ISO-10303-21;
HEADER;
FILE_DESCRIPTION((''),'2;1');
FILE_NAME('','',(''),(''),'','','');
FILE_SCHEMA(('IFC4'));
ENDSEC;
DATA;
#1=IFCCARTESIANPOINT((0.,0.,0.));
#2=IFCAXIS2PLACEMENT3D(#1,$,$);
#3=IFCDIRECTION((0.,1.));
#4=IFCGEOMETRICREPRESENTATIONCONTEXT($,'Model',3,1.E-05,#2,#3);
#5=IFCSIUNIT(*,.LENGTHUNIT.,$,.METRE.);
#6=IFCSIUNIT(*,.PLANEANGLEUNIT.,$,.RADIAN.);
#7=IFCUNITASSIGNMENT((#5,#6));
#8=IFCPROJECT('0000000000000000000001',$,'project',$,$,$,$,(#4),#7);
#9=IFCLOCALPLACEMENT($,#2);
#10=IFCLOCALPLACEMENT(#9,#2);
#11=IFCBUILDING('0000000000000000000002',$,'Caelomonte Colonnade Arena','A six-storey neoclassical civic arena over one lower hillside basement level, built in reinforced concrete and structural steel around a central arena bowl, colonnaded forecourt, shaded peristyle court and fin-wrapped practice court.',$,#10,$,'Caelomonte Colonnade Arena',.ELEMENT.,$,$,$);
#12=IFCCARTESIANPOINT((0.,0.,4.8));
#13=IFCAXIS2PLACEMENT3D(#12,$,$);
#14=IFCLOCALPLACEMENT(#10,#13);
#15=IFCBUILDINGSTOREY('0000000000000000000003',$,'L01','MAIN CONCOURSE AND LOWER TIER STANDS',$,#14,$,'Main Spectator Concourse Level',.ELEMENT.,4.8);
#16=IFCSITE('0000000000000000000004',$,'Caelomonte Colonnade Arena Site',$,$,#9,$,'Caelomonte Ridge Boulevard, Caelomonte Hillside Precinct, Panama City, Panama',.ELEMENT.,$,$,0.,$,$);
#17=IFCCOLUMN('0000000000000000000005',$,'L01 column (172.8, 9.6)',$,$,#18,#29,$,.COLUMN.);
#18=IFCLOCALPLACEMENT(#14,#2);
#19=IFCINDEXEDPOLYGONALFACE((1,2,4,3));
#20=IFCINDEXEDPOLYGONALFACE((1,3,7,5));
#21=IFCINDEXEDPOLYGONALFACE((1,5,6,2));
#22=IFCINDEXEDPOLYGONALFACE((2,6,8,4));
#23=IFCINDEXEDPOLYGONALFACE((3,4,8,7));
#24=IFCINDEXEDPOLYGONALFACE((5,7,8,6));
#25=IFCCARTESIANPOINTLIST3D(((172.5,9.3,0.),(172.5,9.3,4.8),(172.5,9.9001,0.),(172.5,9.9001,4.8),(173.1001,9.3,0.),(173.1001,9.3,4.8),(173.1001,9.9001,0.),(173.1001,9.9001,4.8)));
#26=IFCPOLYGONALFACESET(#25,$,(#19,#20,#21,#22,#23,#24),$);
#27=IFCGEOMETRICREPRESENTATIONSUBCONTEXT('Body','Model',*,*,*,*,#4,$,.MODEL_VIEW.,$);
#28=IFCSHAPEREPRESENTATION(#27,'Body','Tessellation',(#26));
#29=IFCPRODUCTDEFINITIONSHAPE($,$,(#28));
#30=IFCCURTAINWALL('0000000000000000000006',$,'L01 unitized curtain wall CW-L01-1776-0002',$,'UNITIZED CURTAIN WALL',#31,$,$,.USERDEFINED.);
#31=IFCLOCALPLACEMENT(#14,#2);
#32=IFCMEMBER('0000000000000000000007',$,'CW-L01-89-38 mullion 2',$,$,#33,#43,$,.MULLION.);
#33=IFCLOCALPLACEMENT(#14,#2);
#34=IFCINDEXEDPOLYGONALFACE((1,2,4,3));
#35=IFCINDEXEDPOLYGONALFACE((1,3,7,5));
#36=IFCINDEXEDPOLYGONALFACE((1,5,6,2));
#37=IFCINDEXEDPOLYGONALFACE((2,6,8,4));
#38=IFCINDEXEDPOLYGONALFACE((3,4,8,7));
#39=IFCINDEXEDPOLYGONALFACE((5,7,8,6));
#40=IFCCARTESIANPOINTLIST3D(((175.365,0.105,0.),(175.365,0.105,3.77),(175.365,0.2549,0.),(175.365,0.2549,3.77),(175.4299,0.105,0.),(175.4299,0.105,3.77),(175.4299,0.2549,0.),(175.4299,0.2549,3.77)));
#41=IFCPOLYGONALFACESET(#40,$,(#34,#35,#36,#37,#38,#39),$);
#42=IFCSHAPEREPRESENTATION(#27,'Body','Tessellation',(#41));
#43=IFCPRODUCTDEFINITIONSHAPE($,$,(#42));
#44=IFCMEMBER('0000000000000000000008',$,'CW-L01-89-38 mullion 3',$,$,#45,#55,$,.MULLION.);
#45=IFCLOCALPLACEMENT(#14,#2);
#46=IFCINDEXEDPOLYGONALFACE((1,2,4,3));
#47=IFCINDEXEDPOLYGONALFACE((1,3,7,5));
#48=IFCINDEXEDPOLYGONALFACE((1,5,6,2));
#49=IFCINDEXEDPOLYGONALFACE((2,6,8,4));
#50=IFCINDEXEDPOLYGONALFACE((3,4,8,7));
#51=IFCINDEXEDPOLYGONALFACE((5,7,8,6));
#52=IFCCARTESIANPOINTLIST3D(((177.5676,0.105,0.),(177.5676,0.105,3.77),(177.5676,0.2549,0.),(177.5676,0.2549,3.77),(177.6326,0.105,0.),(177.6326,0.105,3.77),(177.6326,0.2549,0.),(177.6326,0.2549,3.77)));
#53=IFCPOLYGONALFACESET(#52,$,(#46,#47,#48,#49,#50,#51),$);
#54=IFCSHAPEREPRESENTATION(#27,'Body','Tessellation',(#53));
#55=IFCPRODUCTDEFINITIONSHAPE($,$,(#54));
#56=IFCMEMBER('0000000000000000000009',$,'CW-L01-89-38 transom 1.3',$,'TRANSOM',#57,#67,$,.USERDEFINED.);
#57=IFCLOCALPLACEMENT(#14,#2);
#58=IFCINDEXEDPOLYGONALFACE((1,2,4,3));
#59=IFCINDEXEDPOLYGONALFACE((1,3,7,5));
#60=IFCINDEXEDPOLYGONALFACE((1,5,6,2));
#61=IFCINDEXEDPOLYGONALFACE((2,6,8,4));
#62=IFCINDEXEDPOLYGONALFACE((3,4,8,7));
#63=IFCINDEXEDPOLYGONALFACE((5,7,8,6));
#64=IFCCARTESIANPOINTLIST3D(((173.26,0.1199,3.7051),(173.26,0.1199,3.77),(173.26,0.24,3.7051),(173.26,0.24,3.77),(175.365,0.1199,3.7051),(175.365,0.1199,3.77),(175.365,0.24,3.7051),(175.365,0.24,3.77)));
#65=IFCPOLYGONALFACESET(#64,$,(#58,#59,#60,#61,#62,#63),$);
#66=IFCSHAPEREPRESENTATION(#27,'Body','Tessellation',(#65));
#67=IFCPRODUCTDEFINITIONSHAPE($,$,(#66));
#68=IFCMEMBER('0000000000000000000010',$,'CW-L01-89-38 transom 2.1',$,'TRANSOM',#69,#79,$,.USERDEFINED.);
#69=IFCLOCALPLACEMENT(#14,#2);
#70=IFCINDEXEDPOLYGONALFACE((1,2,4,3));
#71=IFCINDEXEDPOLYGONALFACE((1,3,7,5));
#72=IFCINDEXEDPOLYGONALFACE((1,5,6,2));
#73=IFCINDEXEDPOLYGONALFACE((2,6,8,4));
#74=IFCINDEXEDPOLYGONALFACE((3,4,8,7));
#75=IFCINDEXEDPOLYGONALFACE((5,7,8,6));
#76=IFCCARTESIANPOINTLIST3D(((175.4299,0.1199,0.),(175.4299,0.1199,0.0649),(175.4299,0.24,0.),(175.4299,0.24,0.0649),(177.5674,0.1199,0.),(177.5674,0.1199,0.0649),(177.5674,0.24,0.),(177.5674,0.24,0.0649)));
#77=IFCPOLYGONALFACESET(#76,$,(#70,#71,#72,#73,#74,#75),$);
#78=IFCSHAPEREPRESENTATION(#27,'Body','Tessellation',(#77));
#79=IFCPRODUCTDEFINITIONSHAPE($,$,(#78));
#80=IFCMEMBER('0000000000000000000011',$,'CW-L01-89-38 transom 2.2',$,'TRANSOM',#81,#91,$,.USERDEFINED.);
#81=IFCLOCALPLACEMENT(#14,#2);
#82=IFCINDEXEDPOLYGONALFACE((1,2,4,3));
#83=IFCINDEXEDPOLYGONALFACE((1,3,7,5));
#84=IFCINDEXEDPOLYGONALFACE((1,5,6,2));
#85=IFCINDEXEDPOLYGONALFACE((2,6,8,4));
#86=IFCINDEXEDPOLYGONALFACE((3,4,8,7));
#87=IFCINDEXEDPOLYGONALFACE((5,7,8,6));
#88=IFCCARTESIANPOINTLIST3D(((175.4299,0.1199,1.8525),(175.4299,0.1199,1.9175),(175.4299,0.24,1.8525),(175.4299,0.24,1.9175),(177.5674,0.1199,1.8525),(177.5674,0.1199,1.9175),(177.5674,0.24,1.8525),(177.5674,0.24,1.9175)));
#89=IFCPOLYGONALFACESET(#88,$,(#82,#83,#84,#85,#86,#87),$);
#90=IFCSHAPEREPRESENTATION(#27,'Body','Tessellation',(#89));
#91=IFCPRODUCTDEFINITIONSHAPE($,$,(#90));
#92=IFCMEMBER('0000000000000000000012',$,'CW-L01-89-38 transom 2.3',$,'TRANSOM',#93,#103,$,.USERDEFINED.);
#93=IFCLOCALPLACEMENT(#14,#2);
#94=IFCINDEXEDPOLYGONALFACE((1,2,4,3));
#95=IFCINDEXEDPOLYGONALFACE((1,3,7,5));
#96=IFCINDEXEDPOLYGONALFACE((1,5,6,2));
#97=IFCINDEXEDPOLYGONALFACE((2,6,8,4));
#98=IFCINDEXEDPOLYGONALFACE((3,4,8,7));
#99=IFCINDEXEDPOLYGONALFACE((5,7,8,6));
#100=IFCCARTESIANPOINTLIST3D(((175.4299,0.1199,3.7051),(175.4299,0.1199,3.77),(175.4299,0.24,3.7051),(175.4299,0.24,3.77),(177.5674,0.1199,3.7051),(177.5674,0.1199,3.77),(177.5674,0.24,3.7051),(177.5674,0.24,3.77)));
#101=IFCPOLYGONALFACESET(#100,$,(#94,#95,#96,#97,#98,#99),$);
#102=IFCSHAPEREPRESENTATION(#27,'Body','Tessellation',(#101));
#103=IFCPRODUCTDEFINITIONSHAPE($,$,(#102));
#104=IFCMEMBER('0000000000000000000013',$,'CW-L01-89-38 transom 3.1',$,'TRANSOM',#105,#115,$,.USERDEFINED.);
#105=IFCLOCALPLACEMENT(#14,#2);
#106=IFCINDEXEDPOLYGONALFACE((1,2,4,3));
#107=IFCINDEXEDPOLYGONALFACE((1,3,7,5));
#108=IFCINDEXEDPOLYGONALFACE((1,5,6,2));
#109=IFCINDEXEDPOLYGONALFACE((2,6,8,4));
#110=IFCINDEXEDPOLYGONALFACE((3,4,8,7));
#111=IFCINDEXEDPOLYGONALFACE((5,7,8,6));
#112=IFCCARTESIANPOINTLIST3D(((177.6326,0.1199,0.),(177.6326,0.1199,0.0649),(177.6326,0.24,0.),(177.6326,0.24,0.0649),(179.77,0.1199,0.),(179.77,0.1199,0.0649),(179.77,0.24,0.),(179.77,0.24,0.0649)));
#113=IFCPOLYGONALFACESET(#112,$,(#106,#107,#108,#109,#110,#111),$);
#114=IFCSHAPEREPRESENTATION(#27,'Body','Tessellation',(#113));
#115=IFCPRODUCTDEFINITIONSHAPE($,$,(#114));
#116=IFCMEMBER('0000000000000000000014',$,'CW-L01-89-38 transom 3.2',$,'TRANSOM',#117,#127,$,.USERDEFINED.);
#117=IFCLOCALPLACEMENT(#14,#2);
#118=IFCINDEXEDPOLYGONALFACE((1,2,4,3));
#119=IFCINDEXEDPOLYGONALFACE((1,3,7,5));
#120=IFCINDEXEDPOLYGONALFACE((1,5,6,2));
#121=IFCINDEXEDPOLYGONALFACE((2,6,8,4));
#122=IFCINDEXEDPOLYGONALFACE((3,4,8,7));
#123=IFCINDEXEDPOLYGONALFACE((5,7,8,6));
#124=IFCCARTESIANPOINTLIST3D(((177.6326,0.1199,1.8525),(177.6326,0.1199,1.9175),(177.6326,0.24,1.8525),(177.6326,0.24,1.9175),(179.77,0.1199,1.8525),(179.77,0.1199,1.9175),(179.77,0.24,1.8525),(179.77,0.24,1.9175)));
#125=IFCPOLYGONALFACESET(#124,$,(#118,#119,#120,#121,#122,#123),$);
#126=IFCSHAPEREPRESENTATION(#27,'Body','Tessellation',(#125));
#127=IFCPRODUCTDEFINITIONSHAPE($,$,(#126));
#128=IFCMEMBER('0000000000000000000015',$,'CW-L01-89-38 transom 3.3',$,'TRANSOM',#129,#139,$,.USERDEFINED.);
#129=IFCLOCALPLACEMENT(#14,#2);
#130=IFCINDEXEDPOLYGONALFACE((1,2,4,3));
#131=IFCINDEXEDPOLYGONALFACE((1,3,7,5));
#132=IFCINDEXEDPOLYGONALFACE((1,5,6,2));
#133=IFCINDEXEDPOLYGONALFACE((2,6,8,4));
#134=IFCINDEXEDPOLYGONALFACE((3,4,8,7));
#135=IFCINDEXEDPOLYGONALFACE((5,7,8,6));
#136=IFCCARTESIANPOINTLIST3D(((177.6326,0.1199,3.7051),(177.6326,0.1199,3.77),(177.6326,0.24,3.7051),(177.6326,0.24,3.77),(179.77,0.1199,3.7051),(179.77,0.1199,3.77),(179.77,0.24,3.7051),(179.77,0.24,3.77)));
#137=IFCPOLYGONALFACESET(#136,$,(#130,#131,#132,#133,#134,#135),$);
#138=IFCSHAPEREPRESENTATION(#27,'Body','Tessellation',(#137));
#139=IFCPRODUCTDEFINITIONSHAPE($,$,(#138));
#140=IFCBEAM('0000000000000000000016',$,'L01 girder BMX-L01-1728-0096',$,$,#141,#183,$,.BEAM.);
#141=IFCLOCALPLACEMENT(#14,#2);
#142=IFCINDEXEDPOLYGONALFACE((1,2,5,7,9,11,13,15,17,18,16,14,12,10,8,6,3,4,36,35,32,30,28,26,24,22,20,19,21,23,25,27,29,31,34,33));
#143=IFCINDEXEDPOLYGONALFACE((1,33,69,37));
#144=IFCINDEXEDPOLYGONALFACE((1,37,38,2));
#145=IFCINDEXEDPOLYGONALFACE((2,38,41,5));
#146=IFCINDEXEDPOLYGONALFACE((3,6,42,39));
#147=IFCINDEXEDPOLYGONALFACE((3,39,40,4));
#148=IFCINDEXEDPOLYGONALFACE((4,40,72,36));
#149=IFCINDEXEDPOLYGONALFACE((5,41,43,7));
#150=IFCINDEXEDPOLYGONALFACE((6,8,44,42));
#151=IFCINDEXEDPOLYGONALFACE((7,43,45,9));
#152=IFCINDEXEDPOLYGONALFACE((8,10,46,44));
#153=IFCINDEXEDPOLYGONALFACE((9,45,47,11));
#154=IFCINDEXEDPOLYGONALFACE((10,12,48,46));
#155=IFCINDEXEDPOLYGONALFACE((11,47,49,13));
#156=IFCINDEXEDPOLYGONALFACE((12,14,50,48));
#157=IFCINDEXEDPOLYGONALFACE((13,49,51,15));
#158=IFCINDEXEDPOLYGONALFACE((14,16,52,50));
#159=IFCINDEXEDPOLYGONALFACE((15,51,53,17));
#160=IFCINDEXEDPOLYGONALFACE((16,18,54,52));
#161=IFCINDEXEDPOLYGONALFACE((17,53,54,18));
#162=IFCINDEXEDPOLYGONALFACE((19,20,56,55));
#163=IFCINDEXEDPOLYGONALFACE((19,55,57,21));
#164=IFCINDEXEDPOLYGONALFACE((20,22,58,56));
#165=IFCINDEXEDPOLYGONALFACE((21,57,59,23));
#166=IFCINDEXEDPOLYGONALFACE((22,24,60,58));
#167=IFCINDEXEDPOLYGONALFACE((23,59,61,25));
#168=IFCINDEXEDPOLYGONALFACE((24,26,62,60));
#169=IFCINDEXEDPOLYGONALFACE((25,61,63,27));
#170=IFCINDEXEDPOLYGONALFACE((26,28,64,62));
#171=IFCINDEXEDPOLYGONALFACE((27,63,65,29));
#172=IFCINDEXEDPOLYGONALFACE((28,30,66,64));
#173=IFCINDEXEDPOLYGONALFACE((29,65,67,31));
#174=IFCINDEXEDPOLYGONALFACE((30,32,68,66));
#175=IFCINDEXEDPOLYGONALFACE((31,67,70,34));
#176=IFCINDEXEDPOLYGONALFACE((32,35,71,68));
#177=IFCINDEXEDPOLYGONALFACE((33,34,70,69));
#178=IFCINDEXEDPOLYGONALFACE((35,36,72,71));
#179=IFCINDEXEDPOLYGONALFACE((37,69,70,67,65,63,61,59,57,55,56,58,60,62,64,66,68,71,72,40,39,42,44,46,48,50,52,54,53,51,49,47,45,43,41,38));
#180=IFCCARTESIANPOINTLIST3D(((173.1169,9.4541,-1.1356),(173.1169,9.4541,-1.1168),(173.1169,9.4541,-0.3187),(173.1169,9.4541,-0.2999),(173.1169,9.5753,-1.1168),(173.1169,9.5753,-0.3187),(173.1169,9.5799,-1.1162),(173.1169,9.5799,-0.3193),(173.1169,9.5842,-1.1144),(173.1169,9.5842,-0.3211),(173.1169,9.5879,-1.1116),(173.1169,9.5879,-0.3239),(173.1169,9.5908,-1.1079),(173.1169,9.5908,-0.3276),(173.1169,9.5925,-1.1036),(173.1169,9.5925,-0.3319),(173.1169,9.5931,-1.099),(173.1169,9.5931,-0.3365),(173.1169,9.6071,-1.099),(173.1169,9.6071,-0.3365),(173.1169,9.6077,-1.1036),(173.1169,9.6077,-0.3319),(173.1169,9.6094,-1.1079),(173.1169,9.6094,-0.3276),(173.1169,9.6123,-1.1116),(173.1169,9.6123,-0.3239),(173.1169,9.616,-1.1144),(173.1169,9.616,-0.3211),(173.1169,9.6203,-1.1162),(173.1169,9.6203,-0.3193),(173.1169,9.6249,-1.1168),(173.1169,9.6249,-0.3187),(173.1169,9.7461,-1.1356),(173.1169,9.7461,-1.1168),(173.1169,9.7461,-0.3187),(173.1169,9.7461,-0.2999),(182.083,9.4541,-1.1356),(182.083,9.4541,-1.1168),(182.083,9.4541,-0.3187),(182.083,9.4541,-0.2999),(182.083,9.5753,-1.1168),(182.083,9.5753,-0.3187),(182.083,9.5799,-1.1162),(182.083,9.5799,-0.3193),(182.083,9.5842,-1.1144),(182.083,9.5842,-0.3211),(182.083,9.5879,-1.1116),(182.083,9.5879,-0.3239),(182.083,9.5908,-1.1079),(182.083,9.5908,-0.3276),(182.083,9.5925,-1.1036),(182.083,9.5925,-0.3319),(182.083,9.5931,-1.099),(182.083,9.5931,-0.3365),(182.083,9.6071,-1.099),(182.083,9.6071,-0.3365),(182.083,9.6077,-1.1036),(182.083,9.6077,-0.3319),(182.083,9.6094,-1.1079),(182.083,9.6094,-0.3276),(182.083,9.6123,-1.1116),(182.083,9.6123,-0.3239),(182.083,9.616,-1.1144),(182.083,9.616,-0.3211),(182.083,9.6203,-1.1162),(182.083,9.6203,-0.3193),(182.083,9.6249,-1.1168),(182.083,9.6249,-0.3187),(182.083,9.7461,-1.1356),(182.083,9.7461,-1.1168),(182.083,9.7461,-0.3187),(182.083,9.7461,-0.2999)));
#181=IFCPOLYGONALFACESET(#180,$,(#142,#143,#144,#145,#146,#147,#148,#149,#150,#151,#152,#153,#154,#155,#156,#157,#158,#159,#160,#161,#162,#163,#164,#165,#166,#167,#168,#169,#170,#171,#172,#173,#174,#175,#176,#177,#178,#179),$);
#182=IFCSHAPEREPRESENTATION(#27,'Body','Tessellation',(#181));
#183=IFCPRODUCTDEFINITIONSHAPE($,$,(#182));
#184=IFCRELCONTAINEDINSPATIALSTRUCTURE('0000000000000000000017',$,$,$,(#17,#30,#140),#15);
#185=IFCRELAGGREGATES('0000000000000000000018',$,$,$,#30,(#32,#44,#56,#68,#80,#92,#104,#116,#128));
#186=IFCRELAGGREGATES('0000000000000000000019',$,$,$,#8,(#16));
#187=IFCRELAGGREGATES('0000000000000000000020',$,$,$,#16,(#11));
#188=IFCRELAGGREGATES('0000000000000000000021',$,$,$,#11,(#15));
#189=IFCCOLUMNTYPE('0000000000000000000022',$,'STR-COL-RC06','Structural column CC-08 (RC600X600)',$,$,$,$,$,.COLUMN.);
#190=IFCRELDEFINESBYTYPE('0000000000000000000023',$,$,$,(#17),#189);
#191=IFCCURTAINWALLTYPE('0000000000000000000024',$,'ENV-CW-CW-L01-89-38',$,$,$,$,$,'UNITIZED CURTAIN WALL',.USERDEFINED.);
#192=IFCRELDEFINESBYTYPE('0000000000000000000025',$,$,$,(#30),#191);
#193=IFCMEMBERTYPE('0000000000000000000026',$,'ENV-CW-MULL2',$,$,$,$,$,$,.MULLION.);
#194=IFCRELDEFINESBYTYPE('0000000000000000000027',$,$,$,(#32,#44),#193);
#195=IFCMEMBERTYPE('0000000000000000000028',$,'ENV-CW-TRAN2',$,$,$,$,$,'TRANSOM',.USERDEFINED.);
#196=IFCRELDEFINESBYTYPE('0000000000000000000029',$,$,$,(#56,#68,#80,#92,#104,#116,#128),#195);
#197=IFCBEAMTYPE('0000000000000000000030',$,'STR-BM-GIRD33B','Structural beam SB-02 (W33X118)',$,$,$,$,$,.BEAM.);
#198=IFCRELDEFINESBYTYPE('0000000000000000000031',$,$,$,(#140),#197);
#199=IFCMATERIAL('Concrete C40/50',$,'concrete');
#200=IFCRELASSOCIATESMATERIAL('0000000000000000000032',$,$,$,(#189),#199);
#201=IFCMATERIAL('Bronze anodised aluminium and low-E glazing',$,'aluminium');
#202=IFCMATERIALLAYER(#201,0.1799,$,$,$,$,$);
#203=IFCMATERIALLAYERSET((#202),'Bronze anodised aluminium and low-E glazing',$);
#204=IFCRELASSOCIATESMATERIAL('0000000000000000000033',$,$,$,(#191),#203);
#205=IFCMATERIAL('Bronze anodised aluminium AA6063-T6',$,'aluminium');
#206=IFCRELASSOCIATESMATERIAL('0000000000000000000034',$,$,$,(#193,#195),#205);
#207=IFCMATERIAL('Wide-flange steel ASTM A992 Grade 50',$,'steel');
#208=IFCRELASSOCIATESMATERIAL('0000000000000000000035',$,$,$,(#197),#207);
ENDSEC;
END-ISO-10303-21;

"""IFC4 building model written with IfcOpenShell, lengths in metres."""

from ifc_helpers import new_model, si_unit, direction, frame, origin, origin_2d, place, context, subcontext, project, spatial, rectangle, i_section, extrude, material, layer, layer_set, material_profile, profile_set, type_object, element, aggregate, save


model = new_model("IFC4")

# Units and contexts
model_context = context("Model", 3, precision=1e-05, world=origin(), true_north=direction((0.0, 1.0)))
body_context = subcontext(model_context, "Body", "Model", "MODEL_VIEW")
ifc_project = project(units=[si_unit("LENGTHUNIT", "METRE"), si_unit("PLANEANGLEUNIT", "RADIAN")], contexts=[model_context])

# Site, building, storey
site_placement = place(None, origin())
site = spatial("IfcSite", under=ifc_project, at=site_placement, Name="Caelomonte Colonnade Arena Site", LongName="Caelomonte Ridge Boulevard, Caelomonte Hillside Precinct, Panama City, Panama", CompositionType="ELEMENT", RefElevation=0.0)
building_placement = place(site_placement, origin())
building = spatial("IfcBuilding", under=site, at=building_placement, Name="Caelomonte Colonnade Arena", Description="A six-storey neoclassical civic arena over one lower hillside basement level, built in reinforced concrete and structural steel around a central arena bowl, colonnaded forecourt, shaded peristyle court and fin-wrapped practice court.", LongName="Caelomonte Colonnade Arena", CompositionType="ELEMENT")
storey_placement = place(building_placement, frame((0.0, 0.0, 4.8)))
storey = spatial("IfcBuildingStorey", under=building, at=storey_placement, Name="L01", Description="MAIN CONCOURSE AND LOWER TIER STANDS", LongName="Main Spectator Concourse Level", CompositionType="ELEMENT", Elevation=4.8)

# Column
ifc_material_1 = material(Name="Concrete C40/50", Category="concrete")
ifc_material_profile_1 = material_profile(ifc_material_1, rectangle(XDim=0.6001, YDim=0.6001, at=origin_2d()), Name="RC600X600")
ifc_profile_set_1 = profile_set([ifc_material_profile_1], Name="Concrete C40/50")
column_type = type_object("IfcColumnType", Name="STR-COL-RC06", Description="Structural column CC-08 (RC600X600)", PredefinedType="COLUMN", material=ifc_profile_set_1)
column_placement = place(storey_placement, frame((172.8, 9.6001, 0.0), z_axis=(0.0, 0.0, 1.0), x_axis=(1.0, 0.0, 0.0)))
element("IfcColumn", 1, at=column_placement, inside=storey, type_object=column_type, Name="L01 column (172.8, 9.6)", PredefinedType="COLUMN", context=body_context, shape_type="SweptSolid", body=[
    extrude(rectangle(XDim=0.6001, YDim=0.6001, at=origin_2d()), origin(), (0.0, 0.0, 1.0), 4.8),
])

# Curtain wall, members
ifc_material_2 = material(Name="Bronze anodised aluminium and low-E glazing", Category="aluminium")
ifc_layer_1 = layer(ifc_material_2, 0.1799)
ifc_layer_set_1 = layer_set([ifc_layer_1], Name="Bronze anodised aluminium and low-E glazing")
curtain_wall_type = type_object("IfcCurtainWallType", Name="ENV-CW-CW-L01-89-38", ElementType="UNITIZED CURTAIN WALL", PredefinedType="USERDEFINED", material=ifc_layer_set_1)
curtain_wall_placement = place(storey_placement, origin())
curtain_wall = element("IfcCurtainWall", 2, at=curtain_wall_placement, inside=storey, type_object=curtain_wall_type, Name="L01 unitized curtain wall CW-L01-1776-0002", ObjectType="UNITIZED CURTAIN WALL", PredefinedType="USERDEFINED")
ifc_material_3 = material(Name="Bronze anodised aluminium AA6063-T6", Category="aluminium")
ifc_material_profile_2 = material_profile(ifc_material_3, rectangle(XDim=0.0649, YDim=0.1499, at=origin_2d()), Name="CWM-65X150")
ifc_profile_set_2 = profile_set([ifc_material_profile_2], Name="Bronze anodised aluminium AA6063-T6")
member_type_1 = type_object("IfcMemberType", Name="ENV-CW-MULL2", PredefinedType="MULLION", material=ifc_profile_set_2)
member_1_placement = place(storey_placement, frame((175.3975, 0.1799, 0.0), z_axis=(0.0, 0.0, 1.0), x_axis=(1.0, 0.0, 0.0)))
member_1 = element("IfcMember", 3, at=member_1_placement, type_object=member_type_1, Name="CW-L01-89-38 mullion 2", PredefinedType="MULLION", context=body_context, shape_type="SweptSolid", body=[
    extrude(rectangle(XDim=0.0649, YDim=0.1499, at=origin_2d()), origin(), (0.0, 0.0, 1.0), 3.77),
])
member_2_placement = place(storey_placement, frame((177.6001, 0.1799, 0.0), z_axis=(0.0, 0.0, 1.0), x_axis=(1.0, 0.0, 0.0)))
member_2 = element("IfcMember", 4, at=member_2_placement, type_object=member_type_1, Name="CW-L01-89-38 mullion 3", PredefinedType="MULLION", context=body_context, shape_type="SweptSolid", body=[
    extrude(rectangle(XDim=0.0649, YDim=0.1499, at=origin_2d()), origin(), (0.0, 0.0, 1.0), 3.77),
])
ifc_material_profile_3 = material_profile(ifc_material_3, rectangle(XDim=0.0649, YDim=0.1201, at=origin_2d()), Name="CWT-65X120")
ifc_profile_set_3 = profile_set([ifc_material_profile_3], Name="Bronze anodised aluminium AA6063-T6")
member_type_2 = type_object("IfcMemberType", Name="ENV-CW-TRAN2", ElementType="TRANSOM", PredefinedType="USERDEFINED", material=ifc_profile_set_3)
member_3_placement = place(storey_placement, frame((173.26, 0.1799, 3.7375), z_axis=(1.0, 0.0, 0.0), x_axis=(0.0, 0.0, 1.0)))
member_3 = element("IfcMember", 5, at=member_3_placement, type_object=member_type_2, Name="CW-L01-89-38 transom 1.3", ObjectType="TRANSOM", PredefinedType="USERDEFINED", context=body_context, shape_type="SweptSolid", body=[
    extrude(rectangle(XDim=0.0649, YDim=0.1201, at=origin_2d()), origin(), (0.0, 0.0, 1.0), 2.105),
])
member_4_placement = place(storey_placement, frame((175.4299, 0.1799, 0.0325), z_axis=(1.0, 0.0, 0.0), x_axis=(0.0, 0.0, 1.0)))
member_4 = element("IfcMember", 6, at=member_4_placement, type_object=member_type_2, Name="CW-L01-89-38 transom 2.1", ObjectType="TRANSOM", PredefinedType="USERDEFINED", context=body_context, shape_type="SweptSolid", body=[
    extrude(rectangle(XDim=0.0649, YDim=0.1201, at=origin_2d()), origin(), (0.0, 0.0, 1.0), 2.1375),
])
member_5_placement = place(storey_placement, frame((175.4299, 0.1799, 1.885), z_axis=(1.0, 0.0, 0.0), x_axis=(0.0, 0.0, 1.0)))
member_5 = element("IfcMember", 7, at=member_5_placement, type_object=member_type_2, Name="CW-L01-89-38 transom 2.2", ObjectType="TRANSOM", PredefinedType="USERDEFINED", context=body_context, shape_type="SweptSolid", body=[
    extrude(rectangle(XDim=0.0649, YDim=0.1201, at=origin_2d()), origin(), (0.0, 0.0, 1.0), 2.1375),
])
member_6_placement = place(storey_placement, frame((175.4299, 0.1799, 3.7375), z_axis=(1.0, 0.0, 0.0), x_axis=(0.0, 0.0, 1.0)))
member_6 = element("IfcMember", 8, at=member_6_placement, type_object=member_type_2, Name="CW-L01-89-38 transom 2.3", ObjectType="TRANSOM", PredefinedType="USERDEFINED", context=body_context, shape_type="SweptSolid", body=[
    extrude(rectangle(XDim=0.0649, YDim=0.1201, at=origin_2d()), origin(), (0.0, 0.0, 1.0), 2.1375),
])
member_7_placement = place(storey_placement, frame((177.6326, 0.1799, 0.0325), z_axis=(1.0, 0.0, 0.0), x_axis=(0.0, 0.0, 1.0)))
member_7 = element("IfcMember", 9, at=member_7_placement, type_object=member_type_2, Name="CW-L01-89-38 transom 3.1", ObjectType="TRANSOM", PredefinedType="USERDEFINED", context=body_context, shape_type="SweptSolid", body=[
    extrude(rectangle(XDim=0.0649, YDim=0.1201, at=origin_2d()), origin(), (0.0, 0.0, 1.0), 2.1375),
])
member_8_placement = place(storey_placement, frame((177.6326, 0.1799, 1.885), z_axis=(1.0, 0.0, 0.0), x_axis=(0.0, 0.0, 1.0)))
member_8 = element("IfcMember", 10, at=member_8_placement, type_object=member_type_2, Name="CW-L01-89-38 transom 3.2", ObjectType="TRANSOM", PredefinedType="USERDEFINED", context=body_context, shape_type="SweptSolid", body=[
    extrude(rectangle(XDim=0.0649, YDim=0.1201, at=origin_2d()), origin(), (0.0, 0.0, 1.0), 2.1375),
])
member_9_placement = place(storey_placement, frame((177.6326, 0.1799, 3.7375), z_axis=(1.0, 0.0, 0.0), x_axis=(0.0, 0.0, 1.0)))
member_9 = element("IfcMember", 11, at=member_9_placement, type_object=member_type_2, Name="CW-L01-89-38 transom 3.3", ObjectType="TRANSOM", PredefinedType="USERDEFINED", context=body_context, shape_type="SweptSolid", body=[
    extrude(rectangle(XDim=0.0649, YDim=0.1201, at=origin_2d()), origin(), (0.0, 0.0, 1.0), 2.1375),
])

# Beam
ifc_material_4 = material(Name="Wide-flange steel ASTM A992 Grade 50", Category="steel")
ifc_material_profile_4 = material_profile(ifc_material_4, i_section(OverallWidth=0.292, OverallDepth=0.8357, WebThickness=0.0139, FlangeThickness=0.0188, FilletRadius=0.0178, at=origin_2d()), Name="W33X118")
ifc_profile_set_4 = profile_set([ifc_material_profile_4], Name="Wide-flange steel ASTM A992 Grade 50")
beam_type_1 = type_object("IfcBeamType", Name="STR-BM-GIRD33B", Description="Structural beam SB-02 (W33X118)", PredefinedType="BEAM", material=ifc_profile_set_4)
beam_1_placement = place(storey_placement, frame((173.1169, 9.6001, -0.7178), z_axis=(1.0, 0.0, 0.0), x_axis=(0.0, 1.0, 0.0)))
element("IfcBeam", 12, at=beam_1_placement, inside=storey, type_object=beam_type_1, Name="L01 girder BMX-L01-1728-0096", PredefinedType="BEAM", context=body_context, shape_type="SweptSolid", body=[
    extrude(i_section(OverallWidth=0.292, OverallDepth=0.8357, WebThickness=0.0139, FlangeThickness=0.0188, FilletRadius=0.0178, at=origin_2d()), origin(), (0.0, 0.0, 1.0), 8.9661),
])

aggregate(curtain_wall, [member_1, member_2, member_3, member_4, member_5, member_6, member_7, member_8, member_9])

save(model, "model.ifc")
